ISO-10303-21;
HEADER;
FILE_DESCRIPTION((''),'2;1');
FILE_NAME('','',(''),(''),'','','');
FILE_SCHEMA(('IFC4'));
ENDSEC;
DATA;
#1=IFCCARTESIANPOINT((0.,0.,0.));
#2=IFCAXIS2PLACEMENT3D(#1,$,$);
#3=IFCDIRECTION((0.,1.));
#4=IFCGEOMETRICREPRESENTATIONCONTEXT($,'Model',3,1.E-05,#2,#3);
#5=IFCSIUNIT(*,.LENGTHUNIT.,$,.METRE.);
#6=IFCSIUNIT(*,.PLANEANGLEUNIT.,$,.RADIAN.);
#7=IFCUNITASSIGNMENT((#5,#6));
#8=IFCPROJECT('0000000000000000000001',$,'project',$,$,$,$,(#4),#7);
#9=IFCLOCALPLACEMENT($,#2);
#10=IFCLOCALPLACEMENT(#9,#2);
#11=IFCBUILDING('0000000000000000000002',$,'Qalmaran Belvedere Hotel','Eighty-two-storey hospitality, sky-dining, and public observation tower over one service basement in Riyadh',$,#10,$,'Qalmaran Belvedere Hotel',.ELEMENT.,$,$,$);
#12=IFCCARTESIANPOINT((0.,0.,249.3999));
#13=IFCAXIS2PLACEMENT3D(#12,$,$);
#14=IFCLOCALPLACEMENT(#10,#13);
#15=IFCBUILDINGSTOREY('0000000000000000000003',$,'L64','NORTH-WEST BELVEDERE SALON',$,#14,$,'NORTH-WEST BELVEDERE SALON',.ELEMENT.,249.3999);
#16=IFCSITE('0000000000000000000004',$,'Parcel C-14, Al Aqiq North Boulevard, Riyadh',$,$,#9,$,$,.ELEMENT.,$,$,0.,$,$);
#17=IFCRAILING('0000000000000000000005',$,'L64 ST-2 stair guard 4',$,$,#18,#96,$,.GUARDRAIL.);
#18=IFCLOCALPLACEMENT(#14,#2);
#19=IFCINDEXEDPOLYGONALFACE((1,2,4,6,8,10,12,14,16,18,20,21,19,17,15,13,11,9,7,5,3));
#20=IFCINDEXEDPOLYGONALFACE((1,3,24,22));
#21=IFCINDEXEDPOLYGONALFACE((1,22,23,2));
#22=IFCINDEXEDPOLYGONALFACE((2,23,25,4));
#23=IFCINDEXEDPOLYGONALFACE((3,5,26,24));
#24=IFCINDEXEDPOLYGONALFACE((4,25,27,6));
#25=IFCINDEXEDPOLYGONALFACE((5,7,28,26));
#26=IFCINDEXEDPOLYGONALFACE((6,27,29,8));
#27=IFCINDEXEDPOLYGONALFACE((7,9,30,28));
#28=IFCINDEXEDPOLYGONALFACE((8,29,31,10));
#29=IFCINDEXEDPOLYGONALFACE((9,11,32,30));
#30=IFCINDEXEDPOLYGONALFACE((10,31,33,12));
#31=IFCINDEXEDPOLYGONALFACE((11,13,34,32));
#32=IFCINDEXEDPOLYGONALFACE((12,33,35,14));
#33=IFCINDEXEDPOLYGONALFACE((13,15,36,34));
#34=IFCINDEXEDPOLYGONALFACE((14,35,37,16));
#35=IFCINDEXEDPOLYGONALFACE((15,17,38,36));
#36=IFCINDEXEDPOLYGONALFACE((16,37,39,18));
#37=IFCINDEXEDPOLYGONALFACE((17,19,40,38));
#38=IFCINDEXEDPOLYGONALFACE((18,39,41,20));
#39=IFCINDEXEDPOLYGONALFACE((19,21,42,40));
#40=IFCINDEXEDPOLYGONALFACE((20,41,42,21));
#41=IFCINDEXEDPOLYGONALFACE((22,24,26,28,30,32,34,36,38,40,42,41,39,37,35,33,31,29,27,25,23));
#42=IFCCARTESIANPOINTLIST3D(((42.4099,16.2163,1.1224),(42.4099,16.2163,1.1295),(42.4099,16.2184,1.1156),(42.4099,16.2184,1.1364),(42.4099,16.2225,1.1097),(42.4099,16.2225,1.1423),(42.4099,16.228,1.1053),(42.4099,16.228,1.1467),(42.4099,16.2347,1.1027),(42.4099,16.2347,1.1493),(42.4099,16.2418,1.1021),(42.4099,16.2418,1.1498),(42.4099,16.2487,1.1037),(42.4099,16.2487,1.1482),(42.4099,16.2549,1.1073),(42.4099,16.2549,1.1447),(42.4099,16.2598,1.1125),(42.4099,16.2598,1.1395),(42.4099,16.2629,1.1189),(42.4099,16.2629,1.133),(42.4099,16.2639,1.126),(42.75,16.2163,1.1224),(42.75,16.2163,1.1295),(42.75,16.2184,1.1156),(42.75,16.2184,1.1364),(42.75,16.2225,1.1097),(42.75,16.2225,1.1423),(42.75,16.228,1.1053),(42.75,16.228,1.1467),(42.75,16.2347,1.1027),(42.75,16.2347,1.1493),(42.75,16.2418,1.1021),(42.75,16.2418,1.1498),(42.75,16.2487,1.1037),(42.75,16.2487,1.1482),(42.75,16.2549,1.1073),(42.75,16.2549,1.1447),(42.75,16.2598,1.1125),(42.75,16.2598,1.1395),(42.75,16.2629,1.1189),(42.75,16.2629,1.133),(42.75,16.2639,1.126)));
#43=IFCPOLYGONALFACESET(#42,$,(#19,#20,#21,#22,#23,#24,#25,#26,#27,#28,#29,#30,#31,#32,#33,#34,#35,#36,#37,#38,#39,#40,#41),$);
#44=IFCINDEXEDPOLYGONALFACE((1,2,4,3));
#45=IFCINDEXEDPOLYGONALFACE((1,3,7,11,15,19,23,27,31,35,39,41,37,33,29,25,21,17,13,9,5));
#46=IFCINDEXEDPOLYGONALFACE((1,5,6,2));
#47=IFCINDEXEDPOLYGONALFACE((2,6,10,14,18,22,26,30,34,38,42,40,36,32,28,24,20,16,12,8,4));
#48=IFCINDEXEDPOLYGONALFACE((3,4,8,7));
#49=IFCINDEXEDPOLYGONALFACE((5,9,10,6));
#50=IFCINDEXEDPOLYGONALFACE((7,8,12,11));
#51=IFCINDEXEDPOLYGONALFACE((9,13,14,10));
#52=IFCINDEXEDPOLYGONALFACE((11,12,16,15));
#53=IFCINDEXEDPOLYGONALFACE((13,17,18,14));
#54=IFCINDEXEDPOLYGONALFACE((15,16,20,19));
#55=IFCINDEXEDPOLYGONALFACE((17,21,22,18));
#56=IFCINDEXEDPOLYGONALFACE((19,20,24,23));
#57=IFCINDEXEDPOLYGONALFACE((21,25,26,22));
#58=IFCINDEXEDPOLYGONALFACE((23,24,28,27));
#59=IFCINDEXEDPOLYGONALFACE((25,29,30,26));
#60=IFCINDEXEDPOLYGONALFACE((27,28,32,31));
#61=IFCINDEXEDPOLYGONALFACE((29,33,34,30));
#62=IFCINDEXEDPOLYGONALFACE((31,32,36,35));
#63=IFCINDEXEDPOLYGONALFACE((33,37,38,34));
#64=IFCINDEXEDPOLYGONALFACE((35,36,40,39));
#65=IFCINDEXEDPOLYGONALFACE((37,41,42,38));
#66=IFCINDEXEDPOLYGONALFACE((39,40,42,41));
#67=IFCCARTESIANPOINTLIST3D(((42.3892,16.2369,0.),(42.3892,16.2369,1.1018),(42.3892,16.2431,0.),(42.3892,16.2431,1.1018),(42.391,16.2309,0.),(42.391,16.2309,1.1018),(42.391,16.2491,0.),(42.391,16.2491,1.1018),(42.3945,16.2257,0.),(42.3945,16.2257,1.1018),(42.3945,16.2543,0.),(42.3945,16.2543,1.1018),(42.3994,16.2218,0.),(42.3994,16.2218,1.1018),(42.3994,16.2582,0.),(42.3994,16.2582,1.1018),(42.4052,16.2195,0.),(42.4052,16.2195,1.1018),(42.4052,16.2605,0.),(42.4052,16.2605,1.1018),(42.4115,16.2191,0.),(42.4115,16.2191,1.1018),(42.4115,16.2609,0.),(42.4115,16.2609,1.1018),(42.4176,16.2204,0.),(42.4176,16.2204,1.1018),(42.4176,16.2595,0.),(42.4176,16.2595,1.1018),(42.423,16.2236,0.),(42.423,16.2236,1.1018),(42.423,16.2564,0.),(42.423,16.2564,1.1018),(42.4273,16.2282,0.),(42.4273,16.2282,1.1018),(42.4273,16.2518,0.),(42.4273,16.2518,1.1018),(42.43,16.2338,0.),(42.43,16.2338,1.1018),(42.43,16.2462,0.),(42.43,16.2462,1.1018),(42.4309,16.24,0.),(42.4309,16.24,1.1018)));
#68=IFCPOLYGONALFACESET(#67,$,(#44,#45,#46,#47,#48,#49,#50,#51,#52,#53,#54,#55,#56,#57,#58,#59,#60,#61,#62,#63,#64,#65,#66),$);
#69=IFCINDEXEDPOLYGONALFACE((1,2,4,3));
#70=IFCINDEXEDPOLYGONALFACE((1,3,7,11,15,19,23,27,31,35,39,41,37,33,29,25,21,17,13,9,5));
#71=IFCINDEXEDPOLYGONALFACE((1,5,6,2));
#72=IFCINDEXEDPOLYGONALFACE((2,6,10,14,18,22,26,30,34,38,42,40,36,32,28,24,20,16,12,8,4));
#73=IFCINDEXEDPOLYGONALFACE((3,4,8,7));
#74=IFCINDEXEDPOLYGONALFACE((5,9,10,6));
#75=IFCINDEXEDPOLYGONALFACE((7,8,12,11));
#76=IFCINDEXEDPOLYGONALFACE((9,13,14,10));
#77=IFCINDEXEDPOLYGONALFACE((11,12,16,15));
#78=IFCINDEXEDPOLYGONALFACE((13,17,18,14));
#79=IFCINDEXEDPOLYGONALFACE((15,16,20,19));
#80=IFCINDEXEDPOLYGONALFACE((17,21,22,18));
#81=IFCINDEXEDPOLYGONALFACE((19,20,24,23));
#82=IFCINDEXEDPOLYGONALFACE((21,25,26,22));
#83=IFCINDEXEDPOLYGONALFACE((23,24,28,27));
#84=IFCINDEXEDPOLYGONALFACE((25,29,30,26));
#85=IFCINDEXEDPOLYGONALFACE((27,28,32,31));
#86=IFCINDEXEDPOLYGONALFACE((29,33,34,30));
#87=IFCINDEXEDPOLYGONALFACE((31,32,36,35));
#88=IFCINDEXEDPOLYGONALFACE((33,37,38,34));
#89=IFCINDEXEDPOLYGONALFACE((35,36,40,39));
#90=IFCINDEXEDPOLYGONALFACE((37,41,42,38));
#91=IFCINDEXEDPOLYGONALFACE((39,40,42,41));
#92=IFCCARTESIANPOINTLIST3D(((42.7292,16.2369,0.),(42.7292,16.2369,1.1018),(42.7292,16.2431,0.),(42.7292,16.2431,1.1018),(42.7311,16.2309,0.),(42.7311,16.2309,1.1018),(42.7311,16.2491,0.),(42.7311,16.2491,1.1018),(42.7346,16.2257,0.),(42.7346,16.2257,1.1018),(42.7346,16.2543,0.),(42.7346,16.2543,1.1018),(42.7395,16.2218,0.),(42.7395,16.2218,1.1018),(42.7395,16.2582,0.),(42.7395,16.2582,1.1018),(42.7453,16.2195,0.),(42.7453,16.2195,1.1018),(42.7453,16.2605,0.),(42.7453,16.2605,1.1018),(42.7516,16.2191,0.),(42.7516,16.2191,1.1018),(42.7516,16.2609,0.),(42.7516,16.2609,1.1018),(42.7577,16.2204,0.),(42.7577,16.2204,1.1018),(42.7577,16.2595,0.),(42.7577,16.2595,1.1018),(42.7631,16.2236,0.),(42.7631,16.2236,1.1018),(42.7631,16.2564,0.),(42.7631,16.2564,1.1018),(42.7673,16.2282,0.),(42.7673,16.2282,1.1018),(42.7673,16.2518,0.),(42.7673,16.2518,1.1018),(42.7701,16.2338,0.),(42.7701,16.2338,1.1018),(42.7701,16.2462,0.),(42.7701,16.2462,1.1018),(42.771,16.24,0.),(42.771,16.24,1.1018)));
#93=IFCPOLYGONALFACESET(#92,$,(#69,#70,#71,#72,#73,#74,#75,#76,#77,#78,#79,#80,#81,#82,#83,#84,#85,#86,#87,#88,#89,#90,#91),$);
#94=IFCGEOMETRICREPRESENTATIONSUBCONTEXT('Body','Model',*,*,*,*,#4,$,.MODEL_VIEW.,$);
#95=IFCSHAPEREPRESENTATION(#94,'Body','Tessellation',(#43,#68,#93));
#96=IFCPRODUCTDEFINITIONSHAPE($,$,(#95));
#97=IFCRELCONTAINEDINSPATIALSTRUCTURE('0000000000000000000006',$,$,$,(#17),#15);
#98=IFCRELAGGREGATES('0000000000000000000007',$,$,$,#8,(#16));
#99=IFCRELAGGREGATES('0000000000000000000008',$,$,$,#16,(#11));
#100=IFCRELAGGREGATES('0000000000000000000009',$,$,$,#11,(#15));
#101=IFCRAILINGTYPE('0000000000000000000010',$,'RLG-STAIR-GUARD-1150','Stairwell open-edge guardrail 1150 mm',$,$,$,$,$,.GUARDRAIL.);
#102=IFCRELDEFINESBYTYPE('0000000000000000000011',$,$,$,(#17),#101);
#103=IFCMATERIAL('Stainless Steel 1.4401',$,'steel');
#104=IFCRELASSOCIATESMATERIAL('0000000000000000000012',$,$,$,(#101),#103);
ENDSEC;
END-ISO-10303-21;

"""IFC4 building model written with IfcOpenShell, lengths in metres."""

from ifc_helpers import new_model, si_unit, direction, frame, origin, origin_2d, place, context, subcontext, project, spatial, circle, extrude, material, type_object, element, save


model = new_model("IFC4")

# Units and contexts
model_context = context("Model", 3, precision=1e-05, world=origin(), true_north=direction((0.0, 1.0)))
body_context = subcontext(model_context, "Body", "Model", "MODEL_VIEW")
ifc_project = project(units=[si_unit("LENGTHUNIT", "METRE"), si_unit("PLANEANGLEUNIT", "RADIAN")], contexts=[model_context])

# Site, building, storey
site_placement = place(None, origin())
site = spatial("IfcSite", under=ifc_project, at=site_placement, Name="Parcel C-14, Al Aqiq North Boulevard, Riyadh", CompositionType="ELEMENT", RefElevation=0.0)
building_placement = place(site_placement, origin())
building = spatial("IfcBuilding", under=site, at=building_placement, Name="Qalmaran Belvedere Hotel", Description="Eighty-two-storey hospitality, sky-dining, and public observation tower over one service basement in Riyadh", LongName="Qalmaran Belvedere Hotel", CompositionType="ELEMENT")
storey_placement = place(building_placement, frame((0.0, 0.0, 249.3999)))
storey = spatial("IfcBuildingStorey", under=building, at=storey_placement, Name="L64", Description="NORTH-WEST BELVEDERE SALON", LongName="NORTH-WEST BELVEDERE SALON", CompositionType="ELEMENT", Elevation=249.3999)

# Railing
ifc_material_1 = material(Name="Stainless Steel 1.4401", Category="steel")
railing_type_1 = type_object("IfcRailingType", Name="RLG-STAIR-GUARD-1150", Description="Stairwell open-edge guardrail 1150 mm", PredefinedType="GUARDRAIL", material=ifc_material_1)
railing_1_placement = place(storey_placement, frame((42.4099, 16.24, 0.0)))
element("IfcRailing", 1, at=railing_1_placement, inside=storey, type_object=railing_type_1, Name="L64 ST-2 stair guard 4", PredefinedType="GUARDRAIL", context=body_context, shape_type="SweptSolid", body=[
    extrude(circle(Radius=0.0239, at=origin_2d()), frame((0.0, 0.0, 1.126), z_axis=(1.0, 0.0, 0.0), x_axis=(0.0, 1.0, 0.0)), (0.0, 0.0, 1.0), 0.3401),
    extrude(circle(Radius=0.021, at=origin_2d()), origin(), (0.0, 0.0, 1.0), 1.1018),
    extrude(circle(Radius=0.021, at=origin_2d()), frame((0.3401, 0.0, 0.0)), (0.0, 0.0, 1.0), 1.1018),
])

save(model, "model.ifc")
